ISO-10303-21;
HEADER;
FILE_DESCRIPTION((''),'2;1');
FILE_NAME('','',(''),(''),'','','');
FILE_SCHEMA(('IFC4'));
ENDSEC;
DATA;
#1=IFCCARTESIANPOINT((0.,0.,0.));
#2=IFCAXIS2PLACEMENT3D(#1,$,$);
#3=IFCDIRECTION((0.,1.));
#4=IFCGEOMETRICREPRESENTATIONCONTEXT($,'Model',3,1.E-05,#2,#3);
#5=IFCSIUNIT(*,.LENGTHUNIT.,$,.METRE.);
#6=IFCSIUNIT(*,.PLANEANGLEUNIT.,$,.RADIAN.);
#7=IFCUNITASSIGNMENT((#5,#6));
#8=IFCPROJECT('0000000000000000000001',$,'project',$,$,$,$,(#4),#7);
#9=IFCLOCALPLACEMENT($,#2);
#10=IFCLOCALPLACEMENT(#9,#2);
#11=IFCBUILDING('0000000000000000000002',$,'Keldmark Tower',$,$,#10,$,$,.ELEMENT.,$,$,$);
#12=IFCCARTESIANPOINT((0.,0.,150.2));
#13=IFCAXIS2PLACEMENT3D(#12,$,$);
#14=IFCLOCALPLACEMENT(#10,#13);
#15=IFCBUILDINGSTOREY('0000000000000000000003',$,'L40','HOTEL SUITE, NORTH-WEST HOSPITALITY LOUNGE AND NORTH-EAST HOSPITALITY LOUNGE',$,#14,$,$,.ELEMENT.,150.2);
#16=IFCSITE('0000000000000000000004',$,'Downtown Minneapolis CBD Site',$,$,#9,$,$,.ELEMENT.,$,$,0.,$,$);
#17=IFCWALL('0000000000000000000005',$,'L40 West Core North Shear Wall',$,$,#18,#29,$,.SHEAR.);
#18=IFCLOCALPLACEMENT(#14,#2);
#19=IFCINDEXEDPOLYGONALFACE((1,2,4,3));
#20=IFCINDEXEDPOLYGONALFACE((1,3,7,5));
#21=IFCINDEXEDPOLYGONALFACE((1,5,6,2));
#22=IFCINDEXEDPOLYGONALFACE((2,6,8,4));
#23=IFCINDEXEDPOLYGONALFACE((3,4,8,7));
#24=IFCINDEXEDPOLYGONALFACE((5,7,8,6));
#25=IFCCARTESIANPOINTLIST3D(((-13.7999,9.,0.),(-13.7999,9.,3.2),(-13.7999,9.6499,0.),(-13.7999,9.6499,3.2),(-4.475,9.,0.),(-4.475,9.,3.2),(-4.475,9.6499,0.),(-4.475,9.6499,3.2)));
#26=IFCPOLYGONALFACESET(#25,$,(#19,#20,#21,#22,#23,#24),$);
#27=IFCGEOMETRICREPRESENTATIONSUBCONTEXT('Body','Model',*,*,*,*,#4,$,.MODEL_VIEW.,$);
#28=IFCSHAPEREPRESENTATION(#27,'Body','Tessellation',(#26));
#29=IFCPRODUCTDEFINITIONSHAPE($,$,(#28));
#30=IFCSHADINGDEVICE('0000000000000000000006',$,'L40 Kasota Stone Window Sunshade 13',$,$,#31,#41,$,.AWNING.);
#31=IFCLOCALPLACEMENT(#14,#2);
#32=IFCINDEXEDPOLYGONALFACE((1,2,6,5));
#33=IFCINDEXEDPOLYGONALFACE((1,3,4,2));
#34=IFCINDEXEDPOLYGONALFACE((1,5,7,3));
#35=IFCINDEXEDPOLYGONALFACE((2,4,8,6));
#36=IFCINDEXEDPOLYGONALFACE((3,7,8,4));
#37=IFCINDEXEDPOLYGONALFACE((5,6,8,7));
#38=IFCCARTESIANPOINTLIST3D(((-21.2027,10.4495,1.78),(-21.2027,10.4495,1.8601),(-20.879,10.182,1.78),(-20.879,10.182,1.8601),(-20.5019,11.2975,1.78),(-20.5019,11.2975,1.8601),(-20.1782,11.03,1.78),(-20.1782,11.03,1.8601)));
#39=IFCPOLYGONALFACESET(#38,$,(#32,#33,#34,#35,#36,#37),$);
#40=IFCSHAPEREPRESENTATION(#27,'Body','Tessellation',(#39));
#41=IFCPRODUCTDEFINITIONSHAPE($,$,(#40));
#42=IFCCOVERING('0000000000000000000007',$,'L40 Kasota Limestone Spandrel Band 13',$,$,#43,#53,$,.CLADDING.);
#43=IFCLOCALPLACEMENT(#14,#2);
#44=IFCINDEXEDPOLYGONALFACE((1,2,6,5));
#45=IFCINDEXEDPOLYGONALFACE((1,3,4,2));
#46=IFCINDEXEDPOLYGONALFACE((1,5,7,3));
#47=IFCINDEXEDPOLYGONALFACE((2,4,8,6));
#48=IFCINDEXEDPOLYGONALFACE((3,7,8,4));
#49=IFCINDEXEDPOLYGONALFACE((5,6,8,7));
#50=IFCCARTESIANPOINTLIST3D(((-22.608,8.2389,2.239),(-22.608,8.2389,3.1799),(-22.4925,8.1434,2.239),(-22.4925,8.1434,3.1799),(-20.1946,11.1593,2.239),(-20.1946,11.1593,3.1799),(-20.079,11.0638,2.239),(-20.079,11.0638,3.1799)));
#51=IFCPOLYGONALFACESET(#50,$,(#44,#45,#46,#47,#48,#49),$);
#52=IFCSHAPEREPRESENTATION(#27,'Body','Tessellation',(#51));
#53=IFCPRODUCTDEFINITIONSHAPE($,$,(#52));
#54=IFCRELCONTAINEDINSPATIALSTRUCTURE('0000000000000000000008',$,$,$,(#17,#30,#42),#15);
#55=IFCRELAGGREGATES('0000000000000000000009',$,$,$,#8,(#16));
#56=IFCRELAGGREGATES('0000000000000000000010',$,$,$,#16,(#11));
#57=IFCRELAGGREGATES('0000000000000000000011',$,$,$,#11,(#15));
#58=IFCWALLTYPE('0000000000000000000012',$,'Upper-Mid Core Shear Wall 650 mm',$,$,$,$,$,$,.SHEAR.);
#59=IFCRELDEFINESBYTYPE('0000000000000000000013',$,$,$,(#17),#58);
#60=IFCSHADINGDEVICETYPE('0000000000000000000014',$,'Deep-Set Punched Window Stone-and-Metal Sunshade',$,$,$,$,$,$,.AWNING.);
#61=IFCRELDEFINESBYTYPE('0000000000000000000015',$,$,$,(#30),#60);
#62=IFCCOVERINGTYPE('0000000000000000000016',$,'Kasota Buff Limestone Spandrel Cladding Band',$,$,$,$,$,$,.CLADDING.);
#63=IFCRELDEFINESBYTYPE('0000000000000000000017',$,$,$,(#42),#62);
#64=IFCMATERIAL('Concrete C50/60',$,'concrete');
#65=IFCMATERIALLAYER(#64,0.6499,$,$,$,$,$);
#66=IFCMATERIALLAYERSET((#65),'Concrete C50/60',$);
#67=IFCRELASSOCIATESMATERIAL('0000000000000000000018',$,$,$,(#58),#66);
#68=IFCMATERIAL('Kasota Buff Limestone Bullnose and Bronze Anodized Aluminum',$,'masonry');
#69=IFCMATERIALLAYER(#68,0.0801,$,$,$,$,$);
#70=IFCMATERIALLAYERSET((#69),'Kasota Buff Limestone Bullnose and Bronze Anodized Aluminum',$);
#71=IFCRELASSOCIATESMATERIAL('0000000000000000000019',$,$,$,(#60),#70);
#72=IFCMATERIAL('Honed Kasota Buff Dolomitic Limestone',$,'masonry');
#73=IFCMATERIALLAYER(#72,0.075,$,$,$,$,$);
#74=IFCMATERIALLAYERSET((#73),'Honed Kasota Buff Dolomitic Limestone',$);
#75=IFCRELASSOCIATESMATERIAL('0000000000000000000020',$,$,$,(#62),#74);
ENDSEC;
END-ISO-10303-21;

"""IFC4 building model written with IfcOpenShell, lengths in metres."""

from ifc_helpers import new_model, si_unit, direction, frame, frame_2d, origin, origin_2d, place, context, subcontext, project, spatial, rectangle, extrude, material, layer, layer_set, type_object, element, save


model = new_model("IFC4")

# Units and contexts
model_context = context("Model", 3, precision=1e-05, world=origin(), true_north=direction((0.0, 1.0)))
body_context = subcontext(model_context, "Body", "Model", "MODEL_VIEW")
ifc_project = project(units=[si_unit("LENGTHUNIT", "METRE"), si_unit("PLANEANGLEUNIT", "RADIAN")], contexts=[model_context])

# Site, building, storey
site_placement = place(None, origin())
site = spatial("IfcSite", under=ifc_project, at=site_placement, Name="Downtown Minneapolis CBD Site", CompositionType="ELEMENT", RefElevation=0.0)
building_placement = place(site_placement, origin())
building = spatial("IfcBuilding", under=site, at=building_placement, Name="Keldmark Tower", CompositionType="ELEMENT")
storey_placement = place(building_placement, frame((0.0, 0.0, 150.2)))
storey = spatial("IfcBuildingStorey", under=building, at=storey_placement, Name="L40", Description="HOTEL SUITE, NORTH-WEST HOSPITALITY LOUNGE AND NORTH-EAST HOSPITALITY LOUNGE", CompositionType="ELEMENT", Elevation=150.2)

# Wall
ifc_material_1 = material(Name="Concrete C50/60", Category="concrete")
ifc_layer_1 = layer(ifc_material_1, 0.6499)
ifc_layer_set_1 = layer_set([ifc_layer_1], Name="Concrete C50/60")
wall_type_1 = type_object("IfcWallType", Name="Upper-Mid Core Shear Wall 650 mm", PredefinedType="SHEAR", material=ifc_layer_set_1)
wall_1_placement = place(storey_placement, frame((-13.8, 9.325, 0.0), z_axis=(0.0, 0.0, 1.0), x_axis=(1.0, 0.0, 0.0)))
element("IfcWall", 1, at=wall_1_placement, inside=storey, type_object=wall_type_1, Name="L40 West Core North Shear Wall", PredefinedType="SHEAR", context=body_context, shape_type="SweptSolid", body=[
    extrude(rectangle(XDim=9.325, YDim=0.6499, at=frame_2d((4.6626, 0.0))), origin(), (0.0, 0.0, 1.0), 3.2),
])

# Shading device
ifc_material_2 = material(Name="Kasota Buff Limestone Bullnose and Bronze Anodized Aluminum", Category="masonry")
ifc_layer_2 = layer(ifc_material_2, 0.0801)
ifc_layer_set_2 = layer_set([ifc_layer_2], Name="Kasota Buff Limestone Bullnose and Bronze Anodized Aluminum")
shading_device_type = type_object("IfcShadingDeviceType", Name="Deep-Set Punched Window Stone-and-Metal Sunshade", PredefinedType="AWNING", material=ifc_layer_set_2)
shading_device_placement = place(storey_placement, frame((-20.6904, 10.7397, 1.78), z_axis=(0.0, 0.0, 1.0), x_axis=(0.637034, 0.770836, 0.0)))
element("IfcShadingDevice", 2, at=shading_device_placement, inside=storey, type_object=shading_device_type, Name="L40 Kasota Stone Window Sunshade 13", PredefinedType="AWNING", context=body_context, shape_type="SweptSolid", body=[
    extrude(rectangle(XDim=1.1001, YDim=0.4199, at=origin_2d()), origin(), (0.0, 0.0, 1.0), 0.0801),
])

# Covering
ifc_material_3 = material(Name="Honed Kasota Buff Dolomitic Limestone", Category="masonry")
ifc_layer_3 = layer(ifc_material_3, 0.075)
ifc_layer_set_3 = layer_set([ifc_layer_3], Name="Honed Kasota Buff Dolomitic Limestone")
covering_type = type_object("IfcCoveringType", Name="Kasota Buff Limestone Spandrel Cladding Band", PredefinedType="CLADDING", material=ifc_layer_set_3)
covering_placement = place(storey_placement, frame((-21.3435, 9.6514, 2.239), z_axis=(0.0, 0.0, 1.0), x_axis=(-0.637034, -0.770836, 0.0)))
element("IfcCovering", 3, at=covering_placement, inside=storey, type_object=covering_type, Name="L40 Kasota Limestone Spandrel Band 13", PredefinedType="CLADDING", context=body_context, shape_type="SweptSolid", body=[
    extrude(rectangle(XDim=3.7886, YDim=0.1499, at=origin_2d()), origin(), (0.0, 0.0, 1.0), 0.9409),
])

save(model, "model.ifc")
